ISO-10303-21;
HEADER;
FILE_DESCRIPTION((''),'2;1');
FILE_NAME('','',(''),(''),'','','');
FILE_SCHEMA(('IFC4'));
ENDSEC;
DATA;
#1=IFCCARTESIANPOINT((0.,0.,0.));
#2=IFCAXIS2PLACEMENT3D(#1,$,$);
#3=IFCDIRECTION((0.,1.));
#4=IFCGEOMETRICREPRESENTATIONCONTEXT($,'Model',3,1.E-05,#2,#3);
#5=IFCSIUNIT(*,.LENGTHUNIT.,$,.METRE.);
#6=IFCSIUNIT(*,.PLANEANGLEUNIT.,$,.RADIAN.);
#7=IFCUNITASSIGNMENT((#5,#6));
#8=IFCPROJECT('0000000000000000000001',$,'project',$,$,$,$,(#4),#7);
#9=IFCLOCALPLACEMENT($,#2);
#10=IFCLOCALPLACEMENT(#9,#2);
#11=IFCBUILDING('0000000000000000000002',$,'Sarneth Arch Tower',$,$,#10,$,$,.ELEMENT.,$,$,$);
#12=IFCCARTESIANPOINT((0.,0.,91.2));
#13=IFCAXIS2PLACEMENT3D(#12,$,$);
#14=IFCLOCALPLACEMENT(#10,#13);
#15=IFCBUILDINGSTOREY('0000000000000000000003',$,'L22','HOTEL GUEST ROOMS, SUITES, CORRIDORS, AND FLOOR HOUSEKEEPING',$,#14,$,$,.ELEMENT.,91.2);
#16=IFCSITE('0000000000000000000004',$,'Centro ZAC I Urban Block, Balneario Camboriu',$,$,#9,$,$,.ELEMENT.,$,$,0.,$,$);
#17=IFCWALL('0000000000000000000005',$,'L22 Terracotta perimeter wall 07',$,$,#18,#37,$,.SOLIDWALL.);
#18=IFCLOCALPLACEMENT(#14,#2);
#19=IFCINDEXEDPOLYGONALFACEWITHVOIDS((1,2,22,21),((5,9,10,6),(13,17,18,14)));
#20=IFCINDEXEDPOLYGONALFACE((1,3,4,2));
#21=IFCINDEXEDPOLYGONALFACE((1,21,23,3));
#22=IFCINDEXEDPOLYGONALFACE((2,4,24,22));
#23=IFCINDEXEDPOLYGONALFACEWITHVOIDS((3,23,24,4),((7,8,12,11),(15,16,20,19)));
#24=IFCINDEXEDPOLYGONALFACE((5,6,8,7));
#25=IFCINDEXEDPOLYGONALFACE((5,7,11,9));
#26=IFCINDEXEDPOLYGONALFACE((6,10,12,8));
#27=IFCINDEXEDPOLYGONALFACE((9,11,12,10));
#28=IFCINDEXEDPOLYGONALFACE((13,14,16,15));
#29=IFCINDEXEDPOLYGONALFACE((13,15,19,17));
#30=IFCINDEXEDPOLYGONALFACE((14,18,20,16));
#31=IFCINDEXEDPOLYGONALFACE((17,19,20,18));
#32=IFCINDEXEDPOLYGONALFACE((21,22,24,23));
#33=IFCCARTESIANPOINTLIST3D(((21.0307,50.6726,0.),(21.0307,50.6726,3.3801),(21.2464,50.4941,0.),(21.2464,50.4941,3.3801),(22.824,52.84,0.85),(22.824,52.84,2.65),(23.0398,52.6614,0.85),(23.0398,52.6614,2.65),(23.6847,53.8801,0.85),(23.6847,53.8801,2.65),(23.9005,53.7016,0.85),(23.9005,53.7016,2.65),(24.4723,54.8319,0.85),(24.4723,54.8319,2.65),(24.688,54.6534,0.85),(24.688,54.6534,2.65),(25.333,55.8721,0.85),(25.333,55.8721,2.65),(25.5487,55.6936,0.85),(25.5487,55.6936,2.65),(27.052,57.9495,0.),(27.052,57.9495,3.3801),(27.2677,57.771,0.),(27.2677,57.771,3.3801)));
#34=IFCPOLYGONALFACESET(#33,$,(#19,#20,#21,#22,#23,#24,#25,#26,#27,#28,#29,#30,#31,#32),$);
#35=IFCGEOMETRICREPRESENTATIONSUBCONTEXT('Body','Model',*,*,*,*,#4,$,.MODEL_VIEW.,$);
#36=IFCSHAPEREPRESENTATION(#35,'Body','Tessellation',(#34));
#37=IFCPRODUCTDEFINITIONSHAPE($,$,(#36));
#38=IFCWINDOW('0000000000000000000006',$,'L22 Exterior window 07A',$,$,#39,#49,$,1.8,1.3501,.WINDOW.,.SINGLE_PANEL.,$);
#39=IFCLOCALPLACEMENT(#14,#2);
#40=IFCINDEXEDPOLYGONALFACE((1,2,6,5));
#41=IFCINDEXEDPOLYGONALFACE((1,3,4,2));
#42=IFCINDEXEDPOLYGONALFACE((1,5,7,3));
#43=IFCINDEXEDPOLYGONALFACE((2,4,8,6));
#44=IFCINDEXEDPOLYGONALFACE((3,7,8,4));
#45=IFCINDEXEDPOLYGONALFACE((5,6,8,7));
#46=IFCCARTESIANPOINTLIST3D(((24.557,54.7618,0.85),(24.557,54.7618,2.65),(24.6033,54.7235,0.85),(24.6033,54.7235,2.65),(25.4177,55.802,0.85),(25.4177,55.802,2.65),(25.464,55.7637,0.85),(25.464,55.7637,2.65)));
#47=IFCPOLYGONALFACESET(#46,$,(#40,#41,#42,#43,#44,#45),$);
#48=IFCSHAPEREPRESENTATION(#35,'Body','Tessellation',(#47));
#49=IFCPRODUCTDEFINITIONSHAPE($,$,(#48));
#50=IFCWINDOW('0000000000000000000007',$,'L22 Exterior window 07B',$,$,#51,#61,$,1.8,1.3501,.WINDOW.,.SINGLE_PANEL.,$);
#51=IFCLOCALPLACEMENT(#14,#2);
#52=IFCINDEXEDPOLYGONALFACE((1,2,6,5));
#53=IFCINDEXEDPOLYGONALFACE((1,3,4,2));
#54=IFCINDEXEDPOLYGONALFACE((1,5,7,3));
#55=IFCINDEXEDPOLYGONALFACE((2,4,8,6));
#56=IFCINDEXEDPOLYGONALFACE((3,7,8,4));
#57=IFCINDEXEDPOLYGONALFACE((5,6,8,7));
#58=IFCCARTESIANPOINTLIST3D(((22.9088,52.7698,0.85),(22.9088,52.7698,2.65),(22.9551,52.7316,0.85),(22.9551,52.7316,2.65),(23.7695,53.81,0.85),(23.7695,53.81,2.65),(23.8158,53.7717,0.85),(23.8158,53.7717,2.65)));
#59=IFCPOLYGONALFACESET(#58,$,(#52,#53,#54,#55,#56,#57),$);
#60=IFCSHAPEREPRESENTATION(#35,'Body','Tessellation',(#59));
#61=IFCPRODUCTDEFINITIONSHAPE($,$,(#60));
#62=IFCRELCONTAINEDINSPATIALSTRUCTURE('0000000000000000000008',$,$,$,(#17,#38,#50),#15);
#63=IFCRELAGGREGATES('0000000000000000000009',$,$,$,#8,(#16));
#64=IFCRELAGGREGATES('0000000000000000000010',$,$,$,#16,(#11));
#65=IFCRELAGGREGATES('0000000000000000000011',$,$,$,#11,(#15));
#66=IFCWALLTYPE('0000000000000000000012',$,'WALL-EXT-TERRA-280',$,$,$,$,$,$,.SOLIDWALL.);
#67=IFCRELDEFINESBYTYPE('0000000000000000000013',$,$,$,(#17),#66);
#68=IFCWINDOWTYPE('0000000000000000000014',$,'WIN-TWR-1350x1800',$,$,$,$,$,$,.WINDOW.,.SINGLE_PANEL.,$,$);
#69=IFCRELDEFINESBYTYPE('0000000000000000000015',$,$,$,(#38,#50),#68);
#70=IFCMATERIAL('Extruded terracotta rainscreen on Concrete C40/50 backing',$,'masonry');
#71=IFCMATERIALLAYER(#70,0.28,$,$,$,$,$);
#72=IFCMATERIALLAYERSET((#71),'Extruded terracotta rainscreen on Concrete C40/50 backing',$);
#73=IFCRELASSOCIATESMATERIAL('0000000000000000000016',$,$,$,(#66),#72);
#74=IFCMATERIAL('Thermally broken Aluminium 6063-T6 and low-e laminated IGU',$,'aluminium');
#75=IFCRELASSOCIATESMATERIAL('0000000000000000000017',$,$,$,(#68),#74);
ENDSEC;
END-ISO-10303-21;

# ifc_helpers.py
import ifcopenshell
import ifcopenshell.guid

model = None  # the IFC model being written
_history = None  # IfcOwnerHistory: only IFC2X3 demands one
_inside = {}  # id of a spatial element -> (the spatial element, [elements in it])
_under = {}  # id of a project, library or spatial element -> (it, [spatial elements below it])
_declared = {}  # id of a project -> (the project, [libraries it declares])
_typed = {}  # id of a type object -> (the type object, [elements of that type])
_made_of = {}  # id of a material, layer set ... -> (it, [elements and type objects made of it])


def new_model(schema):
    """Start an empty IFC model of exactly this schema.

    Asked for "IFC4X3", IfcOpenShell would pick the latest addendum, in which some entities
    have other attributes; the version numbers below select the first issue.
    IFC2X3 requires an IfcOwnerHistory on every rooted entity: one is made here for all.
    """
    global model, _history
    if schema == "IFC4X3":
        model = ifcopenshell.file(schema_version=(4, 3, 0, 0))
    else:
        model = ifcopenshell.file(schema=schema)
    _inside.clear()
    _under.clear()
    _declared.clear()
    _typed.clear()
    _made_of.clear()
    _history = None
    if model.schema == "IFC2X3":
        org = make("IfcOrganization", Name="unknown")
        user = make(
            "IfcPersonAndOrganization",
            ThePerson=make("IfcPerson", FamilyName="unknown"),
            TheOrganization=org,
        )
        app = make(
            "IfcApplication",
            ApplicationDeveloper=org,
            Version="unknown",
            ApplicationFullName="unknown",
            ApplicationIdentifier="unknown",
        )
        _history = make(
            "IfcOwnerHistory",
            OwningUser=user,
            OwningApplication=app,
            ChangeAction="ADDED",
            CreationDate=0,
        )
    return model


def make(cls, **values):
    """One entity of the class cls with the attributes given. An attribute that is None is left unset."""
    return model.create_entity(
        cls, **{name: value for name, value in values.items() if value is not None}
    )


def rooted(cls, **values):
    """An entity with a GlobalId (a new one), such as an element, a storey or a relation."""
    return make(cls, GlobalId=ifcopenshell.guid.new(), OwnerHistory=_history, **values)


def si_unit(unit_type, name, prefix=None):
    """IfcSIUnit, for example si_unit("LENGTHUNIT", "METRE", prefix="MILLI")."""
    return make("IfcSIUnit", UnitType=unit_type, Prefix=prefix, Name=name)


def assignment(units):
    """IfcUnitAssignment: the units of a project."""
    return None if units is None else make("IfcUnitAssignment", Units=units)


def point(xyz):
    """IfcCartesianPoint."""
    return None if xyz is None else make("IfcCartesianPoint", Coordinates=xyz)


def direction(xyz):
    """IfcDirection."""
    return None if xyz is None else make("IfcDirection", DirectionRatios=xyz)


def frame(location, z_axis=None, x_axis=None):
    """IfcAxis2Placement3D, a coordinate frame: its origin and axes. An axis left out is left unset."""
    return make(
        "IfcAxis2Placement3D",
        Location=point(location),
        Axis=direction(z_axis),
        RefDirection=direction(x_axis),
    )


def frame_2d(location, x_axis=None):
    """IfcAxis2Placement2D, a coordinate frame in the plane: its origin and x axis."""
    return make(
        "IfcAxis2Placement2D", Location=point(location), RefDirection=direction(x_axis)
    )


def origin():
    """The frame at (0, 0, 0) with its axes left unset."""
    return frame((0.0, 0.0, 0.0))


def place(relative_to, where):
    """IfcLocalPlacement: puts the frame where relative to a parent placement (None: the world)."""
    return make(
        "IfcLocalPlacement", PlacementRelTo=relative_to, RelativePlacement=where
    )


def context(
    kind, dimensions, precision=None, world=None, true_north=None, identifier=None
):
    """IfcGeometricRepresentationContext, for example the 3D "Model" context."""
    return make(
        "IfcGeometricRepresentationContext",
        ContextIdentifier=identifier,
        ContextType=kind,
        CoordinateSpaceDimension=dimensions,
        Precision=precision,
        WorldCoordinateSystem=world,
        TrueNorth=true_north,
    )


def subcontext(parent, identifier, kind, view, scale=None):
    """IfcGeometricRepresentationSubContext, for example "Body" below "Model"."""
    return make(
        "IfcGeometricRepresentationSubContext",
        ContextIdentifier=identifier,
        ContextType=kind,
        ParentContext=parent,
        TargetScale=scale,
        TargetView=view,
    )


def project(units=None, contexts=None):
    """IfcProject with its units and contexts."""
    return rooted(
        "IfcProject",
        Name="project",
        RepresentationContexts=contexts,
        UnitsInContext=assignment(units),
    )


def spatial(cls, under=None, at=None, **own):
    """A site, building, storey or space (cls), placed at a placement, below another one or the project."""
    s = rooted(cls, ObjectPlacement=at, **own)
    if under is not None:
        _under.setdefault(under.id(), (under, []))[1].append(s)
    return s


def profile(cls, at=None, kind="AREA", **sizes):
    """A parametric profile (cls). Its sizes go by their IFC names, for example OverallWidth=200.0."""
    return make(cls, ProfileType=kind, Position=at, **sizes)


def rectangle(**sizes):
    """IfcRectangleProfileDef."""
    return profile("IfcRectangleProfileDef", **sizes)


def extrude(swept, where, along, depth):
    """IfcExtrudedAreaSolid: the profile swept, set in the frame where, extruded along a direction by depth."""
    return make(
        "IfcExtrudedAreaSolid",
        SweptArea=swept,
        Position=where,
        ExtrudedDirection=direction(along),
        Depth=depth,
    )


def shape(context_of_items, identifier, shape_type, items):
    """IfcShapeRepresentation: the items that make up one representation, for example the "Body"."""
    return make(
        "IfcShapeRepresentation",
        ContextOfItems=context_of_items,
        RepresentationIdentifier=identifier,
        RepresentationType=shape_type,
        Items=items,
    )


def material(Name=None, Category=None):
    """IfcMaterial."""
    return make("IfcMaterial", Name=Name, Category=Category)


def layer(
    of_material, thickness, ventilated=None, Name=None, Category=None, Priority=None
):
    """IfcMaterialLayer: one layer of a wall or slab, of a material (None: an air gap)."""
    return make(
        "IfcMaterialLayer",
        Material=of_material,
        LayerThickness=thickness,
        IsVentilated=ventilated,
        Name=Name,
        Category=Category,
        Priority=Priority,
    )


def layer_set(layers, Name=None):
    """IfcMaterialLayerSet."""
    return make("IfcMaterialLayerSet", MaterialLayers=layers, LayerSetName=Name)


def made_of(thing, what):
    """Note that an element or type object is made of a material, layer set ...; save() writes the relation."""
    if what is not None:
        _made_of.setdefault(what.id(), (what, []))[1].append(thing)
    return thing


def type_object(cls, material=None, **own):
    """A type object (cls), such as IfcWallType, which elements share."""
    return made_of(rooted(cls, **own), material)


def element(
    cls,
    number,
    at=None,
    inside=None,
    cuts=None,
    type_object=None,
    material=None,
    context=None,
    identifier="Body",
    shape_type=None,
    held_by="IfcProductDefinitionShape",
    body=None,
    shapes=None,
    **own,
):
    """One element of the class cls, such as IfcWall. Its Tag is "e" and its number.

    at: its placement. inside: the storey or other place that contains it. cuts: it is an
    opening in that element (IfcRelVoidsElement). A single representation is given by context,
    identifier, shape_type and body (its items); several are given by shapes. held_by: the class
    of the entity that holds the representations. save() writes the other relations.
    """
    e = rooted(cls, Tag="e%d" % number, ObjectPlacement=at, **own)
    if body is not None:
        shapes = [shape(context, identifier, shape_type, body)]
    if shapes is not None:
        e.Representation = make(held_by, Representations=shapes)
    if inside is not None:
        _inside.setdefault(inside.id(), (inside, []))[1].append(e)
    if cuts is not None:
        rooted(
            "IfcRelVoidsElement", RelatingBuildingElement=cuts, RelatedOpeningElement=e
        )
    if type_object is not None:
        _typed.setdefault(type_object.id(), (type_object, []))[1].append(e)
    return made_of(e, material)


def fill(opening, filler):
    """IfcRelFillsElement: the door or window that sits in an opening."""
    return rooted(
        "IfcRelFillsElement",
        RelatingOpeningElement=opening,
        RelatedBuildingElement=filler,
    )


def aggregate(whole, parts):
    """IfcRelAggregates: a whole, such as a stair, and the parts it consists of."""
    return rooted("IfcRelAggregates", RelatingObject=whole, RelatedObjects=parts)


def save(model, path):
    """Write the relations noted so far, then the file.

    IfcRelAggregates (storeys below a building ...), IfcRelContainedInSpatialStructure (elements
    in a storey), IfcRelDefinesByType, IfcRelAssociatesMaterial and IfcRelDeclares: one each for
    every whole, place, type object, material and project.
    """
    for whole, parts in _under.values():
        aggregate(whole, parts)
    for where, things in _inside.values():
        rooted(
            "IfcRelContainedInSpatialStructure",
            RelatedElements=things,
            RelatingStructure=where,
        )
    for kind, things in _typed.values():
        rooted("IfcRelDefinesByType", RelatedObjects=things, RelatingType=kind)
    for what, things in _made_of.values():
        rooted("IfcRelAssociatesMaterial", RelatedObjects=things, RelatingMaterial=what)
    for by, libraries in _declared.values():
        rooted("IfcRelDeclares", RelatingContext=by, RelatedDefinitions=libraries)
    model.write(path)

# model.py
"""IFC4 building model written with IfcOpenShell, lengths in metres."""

from ifc_helpers import new_model, si_unit, direction, frame, frame_2d, origin, place, context, subcontext, project, spatial, rectangle, extrude, material, layer, layer_set, type_object, element, fill, save


model = new_model("IFC4")

# Units and contexts
model_context = context("Model", 3, precision=1e-05, world=origin(), true_north=direction((0.0, 1.0)))
body_context = subcontext(model_context, "Body", "Model", "MODEL_VIEW")
ifc_project = project(units=[si_unit("LENGTHUNIT", "METRE"), si_unit("PLANEANGLEUNIT", "RADIAN")], contexts=[model_context])

# Site, building, storey
site_placement = place(None, origin())
site = spatial("IfcSite", under=ifc_project, at=site_placement, Name="Centro ZAC I Urban Block, Balneario Camboriu", CompositionType="ELEMENT", RefElevation=0.0)
building_placement = place(site_placement, origin())
building = spatial("IfcBuilding", under=site, at=building_placement, Name="Sarneth Arch Tower", CompositionType="ELEMENT")
storey_placement = place(building_placement, frame((0.0, 0.0, 91.2)))
storey = spatial("IfcBuildingStorey", under=building, at=storey_placement, Name="L22", Description="HOTEL GUEST ROOMS, SUITES, CORRIDORS, AND FLOOR HOUSEKEEPING", CompositionType="ELEMENT", Elevation=91.2)

# Wall, openings, windows
ifc_material_1 = material(Name="Extruded terracotta rainscreen on Concrete C40/50 backing", Category="masonry")
ifc_layer_1 = layer(ifc_material_1, 0.28)
ifc_layer_set_1 = layer_set([ifc_layer_1], Name="Extruded terracotta rainscreen on Concrete C40/50 backing")
wall_type = type_object("IfcWallType", Name="WALL-EXT-TERRA-280", PredefinedType="SOLIDWALL", material=ifc_layer_set_1)
wall_placement = place(storey_placement, frame((27.1599, 57.8604, 0.0), z_axis=(0.0, 0.0, 1.0), x_axis=(-0.637506, -0.770446, 0.0)))
wall = element("IfcWall", 1, at=wall_placement, inside=storey, type_object=wall_type, Name="L22 Terracotta perimeter wall 07", PredefinedType="SOLIDWALL", context=body_context, shape_type="SweptSolid", body=[
    extrude(rectangle(XDim=9.4451, YDim=0.28, at=frame_2d((4.7227, 0.0))), origin(), (0.0, 0.0, 1.0), 3.3801),
])
opening_1_placement = place(wall_placement, frame((2.6965, 0.0, 0.8501)))
opening_1 = element("IfcOpeningElement", 2, at=opening_1_placement, cuts=wall, PredefinedType="OPENING", context=body_context, shape_type="SweptSolid", body=[
    extrude(rectangle(XDim=1.3501, YDim=1.8, at=frame_2d((0.675, 0.8999))), frame((0.0, 0.1499, 0.0), z_axis=(0.0, -1.0, 0.0), x_axis=(1.0, 0.0, 0.0)), (0.0, 0.0, 1.0), 0.3),
])
opening_2_placement = place(wall_placement, frame((5.282, 0.0, 0.8501)))
opening_2 = element("IfcOpeningElement", 3, at=opening_2_placement, cuts=wall, PredefinedType="OPENING", context=body_context, shape_type="SweptSolid", body=[
    extrude(rectangle(XDim=1.3501, YDim=1.8, at=frame_2d((0.675, 0.8999))), frame((0.0, 0.1499, 0.0), z_axis=(0.0, -1.0, 0.0), x_axis=(1.0, 0.0, 0.0)), (0.0, 0.0, 1.0), 0.3),
])
ifc_material_2 = material(Name="Thermally broken Aluminium 6063-T6 and low-e laminated IGU", Category="aluminium")
window_type = type_object("IfcWindowType", Name="WIN-TWR-1350x1800", PartitioningType="SINGLE_PANEL", PredefinedType="WINDOW", material=ifc_material_2)
window_1_placement = place(opening_1_placement, origin())
window_1 = element("IfcWindow", 4, at=window_1_placement, inside=storey, type_object=window_type, Name="L22 Exterior window 07A", OverallHeight=1.8, OverallWidth=1.3501, PartitioningType="SINGLE_PANEL", PredefinedType="WINDOW", context=body_context, shape_type="SweptSolid", body=[
    extrude(rectangle(XDim=1.3501, YDim=1.8, at=frame_2d((0.675, 0.8999))), frame((0.0, 0.03, 0.0), z_axis=(0.0, -1.0, 0.0), x_axis=(1.0, 0.0, 0.0)), (0.0, 0.0, 1.0), 0.0601),
])
fill(opening_1, window_1)
window_2_placement = place(opening_2_placement, origin())
window_2 = element("IfcWindow", 5, at=window_2_placement, inside=storey, type_object=window_type, Name="L22 Exterior window 07B", OverallHeight=1.8, OverallWidth=1.3501, PartitioningType="SINGLE_PANEL", PredefinedType="WINDOW", context=body_context, shape_type="SweptSolid", body=[
    extrude(rectangle(XDim=1.3501, YDim=1.8, at=frame_2d((0.675, 0.8999))), frame((0.0, 0.03, 0.0), z_axis=(0.0, -1.0, 0.0), x_axis=(1.0, 0.0, 0.0)), (0.0, 0.0, 1.0), 0.0601),
])
fill(opening_2, window_2)

save(model, "model.ifc")
